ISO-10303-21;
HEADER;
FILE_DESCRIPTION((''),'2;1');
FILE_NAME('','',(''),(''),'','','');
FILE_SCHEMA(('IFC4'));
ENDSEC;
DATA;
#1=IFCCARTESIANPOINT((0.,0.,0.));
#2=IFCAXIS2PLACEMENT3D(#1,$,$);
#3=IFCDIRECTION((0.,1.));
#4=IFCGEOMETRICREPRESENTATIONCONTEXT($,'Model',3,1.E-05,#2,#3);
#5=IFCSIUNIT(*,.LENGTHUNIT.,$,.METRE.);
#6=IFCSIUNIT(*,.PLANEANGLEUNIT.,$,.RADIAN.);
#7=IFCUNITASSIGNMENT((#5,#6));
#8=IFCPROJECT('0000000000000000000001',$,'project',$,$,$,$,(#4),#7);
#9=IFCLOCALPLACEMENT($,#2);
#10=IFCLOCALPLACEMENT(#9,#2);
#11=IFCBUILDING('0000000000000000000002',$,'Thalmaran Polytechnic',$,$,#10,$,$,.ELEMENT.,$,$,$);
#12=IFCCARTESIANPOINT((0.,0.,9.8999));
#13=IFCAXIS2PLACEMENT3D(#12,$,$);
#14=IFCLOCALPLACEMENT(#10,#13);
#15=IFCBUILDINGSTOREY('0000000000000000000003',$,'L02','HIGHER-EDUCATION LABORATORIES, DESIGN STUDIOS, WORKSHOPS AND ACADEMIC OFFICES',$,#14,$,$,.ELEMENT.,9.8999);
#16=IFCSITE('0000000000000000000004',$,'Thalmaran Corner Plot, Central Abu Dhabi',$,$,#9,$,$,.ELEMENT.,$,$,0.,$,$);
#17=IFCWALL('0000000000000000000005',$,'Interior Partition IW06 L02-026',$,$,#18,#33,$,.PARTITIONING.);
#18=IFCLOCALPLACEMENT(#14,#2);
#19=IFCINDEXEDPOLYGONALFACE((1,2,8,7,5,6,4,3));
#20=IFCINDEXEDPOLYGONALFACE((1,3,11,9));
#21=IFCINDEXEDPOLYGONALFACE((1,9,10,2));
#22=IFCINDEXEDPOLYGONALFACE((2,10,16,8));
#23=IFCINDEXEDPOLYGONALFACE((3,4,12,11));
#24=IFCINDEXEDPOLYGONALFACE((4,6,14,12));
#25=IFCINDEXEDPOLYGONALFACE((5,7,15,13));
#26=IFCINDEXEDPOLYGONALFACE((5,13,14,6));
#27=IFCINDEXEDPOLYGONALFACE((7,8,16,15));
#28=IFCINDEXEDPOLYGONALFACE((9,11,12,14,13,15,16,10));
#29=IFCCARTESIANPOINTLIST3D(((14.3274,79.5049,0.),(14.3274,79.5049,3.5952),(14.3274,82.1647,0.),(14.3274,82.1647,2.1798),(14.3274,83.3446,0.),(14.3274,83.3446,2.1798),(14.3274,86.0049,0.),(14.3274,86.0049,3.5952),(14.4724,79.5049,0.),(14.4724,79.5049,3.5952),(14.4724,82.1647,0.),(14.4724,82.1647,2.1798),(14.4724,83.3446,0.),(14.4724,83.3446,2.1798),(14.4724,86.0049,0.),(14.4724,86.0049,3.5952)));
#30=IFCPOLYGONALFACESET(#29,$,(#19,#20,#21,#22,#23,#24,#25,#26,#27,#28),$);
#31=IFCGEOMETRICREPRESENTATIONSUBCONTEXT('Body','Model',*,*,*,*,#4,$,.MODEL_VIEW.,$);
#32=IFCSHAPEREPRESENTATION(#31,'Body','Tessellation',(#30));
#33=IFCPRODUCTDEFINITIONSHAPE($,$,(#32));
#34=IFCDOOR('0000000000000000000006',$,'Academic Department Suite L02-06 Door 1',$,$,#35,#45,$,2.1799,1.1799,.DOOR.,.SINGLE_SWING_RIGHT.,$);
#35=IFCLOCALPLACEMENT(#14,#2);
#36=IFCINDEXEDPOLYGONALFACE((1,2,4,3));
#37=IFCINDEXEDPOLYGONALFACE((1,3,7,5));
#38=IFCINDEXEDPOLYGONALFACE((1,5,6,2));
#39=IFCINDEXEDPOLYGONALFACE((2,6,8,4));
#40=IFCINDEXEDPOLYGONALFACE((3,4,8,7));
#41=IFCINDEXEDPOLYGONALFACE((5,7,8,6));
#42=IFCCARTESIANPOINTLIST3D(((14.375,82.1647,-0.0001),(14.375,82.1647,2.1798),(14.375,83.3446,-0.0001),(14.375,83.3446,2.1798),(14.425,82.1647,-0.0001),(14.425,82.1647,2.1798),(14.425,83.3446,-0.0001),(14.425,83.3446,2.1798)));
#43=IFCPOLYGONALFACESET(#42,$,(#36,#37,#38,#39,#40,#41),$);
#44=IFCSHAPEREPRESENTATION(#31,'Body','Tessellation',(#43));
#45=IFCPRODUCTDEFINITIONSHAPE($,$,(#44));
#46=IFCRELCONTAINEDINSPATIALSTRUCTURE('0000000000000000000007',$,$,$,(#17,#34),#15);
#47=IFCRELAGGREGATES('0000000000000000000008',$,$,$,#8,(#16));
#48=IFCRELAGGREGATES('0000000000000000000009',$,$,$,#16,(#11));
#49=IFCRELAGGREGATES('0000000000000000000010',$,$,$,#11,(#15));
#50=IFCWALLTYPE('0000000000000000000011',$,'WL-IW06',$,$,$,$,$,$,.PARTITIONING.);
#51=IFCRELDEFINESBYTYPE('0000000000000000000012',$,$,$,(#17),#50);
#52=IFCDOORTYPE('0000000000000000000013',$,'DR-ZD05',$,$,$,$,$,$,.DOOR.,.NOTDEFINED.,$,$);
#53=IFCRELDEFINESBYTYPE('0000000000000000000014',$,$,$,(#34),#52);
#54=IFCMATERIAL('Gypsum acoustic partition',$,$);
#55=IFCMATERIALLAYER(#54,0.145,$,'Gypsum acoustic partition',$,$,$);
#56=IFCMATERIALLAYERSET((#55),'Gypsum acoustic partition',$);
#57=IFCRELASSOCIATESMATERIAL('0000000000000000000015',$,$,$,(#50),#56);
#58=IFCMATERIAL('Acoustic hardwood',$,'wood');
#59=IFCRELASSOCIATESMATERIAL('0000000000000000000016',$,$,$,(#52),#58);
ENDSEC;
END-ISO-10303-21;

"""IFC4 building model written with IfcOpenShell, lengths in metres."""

from ifc_helpers import new_model, si_unit, direction, frame, frame_2d, origin, place, context, subcontext, project, spatial, rectangle, extrude, material, layer, layer_set, type_object, element, fill, save


model = new_model("IFC4")

# Units and contexts
model_context = context("Model", 3, precision=1e-05, world=origin(), true_north=direction((0.0, 1.0)))
body_context = subcontext(model_context, "Body", "Model", "MODEL_VIEW")
ifc_project = project(units=[si_unit("LENGTHUNIT", "METRE"), si_unit("PLANEANGLEUNIT", "RADIAN")], contexts=[model_context])

# Site, building, storey
site_placement = place(None, origin())
site = spatial("IfcSite", under=ifc_project, at=site_placement, Name="Thalmaran Corner Plot, Central Abu Dhabi", CompositionType="ELEMENT", RefElevation=0.0)
building_placement = place(site_placement, origin())
building = spatial("IfcBuilding", under=site, at=building_placement, Name="Thalmaran Polytechnic", CompositionType="ELEMENT")
storey_placement = place(building_placement, frame((0.0, 0.0, 9.8999)))
storey = spatial("IfcBuildingStorey", under=building, at=storey_placement, Name="L02", Description="HIGHER-EDUCATION LABORATORIES, DESIGN STUDIOS, WORKSHOPS AND ACADEMIC OFFICES", CompositionType="ELEMENT", Elevation=9.8999)

# Wall, opening, door
ifc_material_1 = material(Name="Gypsum acoustic partition")
ifc_layer_1 = layer(ifc_material_1, 0.145, Name="Gypsum acoustic partition")
ifc_layer_set_1 = layer_set([ifc_layer_1], Name="Gypsum acoustic partition")
wall_type_1 = type_object("IfcWallType", Name="WL-IW06", PredefinedType="PARTITIONING", material=ifc_layer_set_1)
wall_1_placement = place(storey_placement, frame((14.3999, 79.5049, 0.0), z_axis=(0.0, 0.0, 1.0), x_axis=(0.0, 1.0, 0.0)))
wall_1 = element("IfcWall", 1, at=wall_1_placement, inside=storey, type_object=wall_type_1, Name="Interior Partition IW06 L02-026", PredefinedType="PARTITIONING", context=body_context, shape_type="SweptSolid", body=[
    extrude(rectangle(XDim=6.5, YDim=0.145, at=frame_2d((3.25, 0.0))), origin(), (0.0, 0.0, 1.0), 3.5952),
])
opening_1_placement = place(wall_1_placement, frame((2.6599, 0.0, 0.0)))
opening_1 = element("IfcOpeningElement", 2, at=opening_1_placement, cuts=wall_1, PredefinedType="OPENING", context=body_context, shape_type="SweptSolid", body=[
    extrude(rectangle(XDim=1.1799, YDim=2.1799, at=frame_2d((0.5898, 1.0898))), frame((0.0, 0.0825, 0.0), z_axis=(0.0, -1.0, 0.0), x_axis=(1.0, 0.0, 0.0)), (0.0, 0.0, 1.0), 0.165),
])
ifc_material_2 = material(Name="Acoustic hardwood", Category="wood")
door_type = type_object("IfcDoorType", Name="DR-ZD05", OperationType="NOTDEFINED", PredefinedType="DOOR", material=ifc_material_2)
door_placement = place(opening_1_placement, origin())
door = element("IfcDoor", 3, at=door_placement, inside=storey, type_object=door_type, Name="Academic Department Suite L02-06 Door 1", OperationType="SINGLE_SWING_RIGHT", OverallHeight=2.1799, OverallWidth=1.1799, PredefinedType="DOOR", context=body_context, shape_type="SweptSolid", body=[
    extrude(rectangle(XDim=1.1799, YDim=2.1799, at=frame_2d((0.5898, 1.0898))), frame((0.0, 0.0249, 0.0), z_axis=(0.0, -1.0, 0.0), x_axis=(1.0, 0.0, 0.0)), (0.0, 0.0, 1.0), 0.05),
])
fill(opening_1, door)

save(model, "model.ifc")
